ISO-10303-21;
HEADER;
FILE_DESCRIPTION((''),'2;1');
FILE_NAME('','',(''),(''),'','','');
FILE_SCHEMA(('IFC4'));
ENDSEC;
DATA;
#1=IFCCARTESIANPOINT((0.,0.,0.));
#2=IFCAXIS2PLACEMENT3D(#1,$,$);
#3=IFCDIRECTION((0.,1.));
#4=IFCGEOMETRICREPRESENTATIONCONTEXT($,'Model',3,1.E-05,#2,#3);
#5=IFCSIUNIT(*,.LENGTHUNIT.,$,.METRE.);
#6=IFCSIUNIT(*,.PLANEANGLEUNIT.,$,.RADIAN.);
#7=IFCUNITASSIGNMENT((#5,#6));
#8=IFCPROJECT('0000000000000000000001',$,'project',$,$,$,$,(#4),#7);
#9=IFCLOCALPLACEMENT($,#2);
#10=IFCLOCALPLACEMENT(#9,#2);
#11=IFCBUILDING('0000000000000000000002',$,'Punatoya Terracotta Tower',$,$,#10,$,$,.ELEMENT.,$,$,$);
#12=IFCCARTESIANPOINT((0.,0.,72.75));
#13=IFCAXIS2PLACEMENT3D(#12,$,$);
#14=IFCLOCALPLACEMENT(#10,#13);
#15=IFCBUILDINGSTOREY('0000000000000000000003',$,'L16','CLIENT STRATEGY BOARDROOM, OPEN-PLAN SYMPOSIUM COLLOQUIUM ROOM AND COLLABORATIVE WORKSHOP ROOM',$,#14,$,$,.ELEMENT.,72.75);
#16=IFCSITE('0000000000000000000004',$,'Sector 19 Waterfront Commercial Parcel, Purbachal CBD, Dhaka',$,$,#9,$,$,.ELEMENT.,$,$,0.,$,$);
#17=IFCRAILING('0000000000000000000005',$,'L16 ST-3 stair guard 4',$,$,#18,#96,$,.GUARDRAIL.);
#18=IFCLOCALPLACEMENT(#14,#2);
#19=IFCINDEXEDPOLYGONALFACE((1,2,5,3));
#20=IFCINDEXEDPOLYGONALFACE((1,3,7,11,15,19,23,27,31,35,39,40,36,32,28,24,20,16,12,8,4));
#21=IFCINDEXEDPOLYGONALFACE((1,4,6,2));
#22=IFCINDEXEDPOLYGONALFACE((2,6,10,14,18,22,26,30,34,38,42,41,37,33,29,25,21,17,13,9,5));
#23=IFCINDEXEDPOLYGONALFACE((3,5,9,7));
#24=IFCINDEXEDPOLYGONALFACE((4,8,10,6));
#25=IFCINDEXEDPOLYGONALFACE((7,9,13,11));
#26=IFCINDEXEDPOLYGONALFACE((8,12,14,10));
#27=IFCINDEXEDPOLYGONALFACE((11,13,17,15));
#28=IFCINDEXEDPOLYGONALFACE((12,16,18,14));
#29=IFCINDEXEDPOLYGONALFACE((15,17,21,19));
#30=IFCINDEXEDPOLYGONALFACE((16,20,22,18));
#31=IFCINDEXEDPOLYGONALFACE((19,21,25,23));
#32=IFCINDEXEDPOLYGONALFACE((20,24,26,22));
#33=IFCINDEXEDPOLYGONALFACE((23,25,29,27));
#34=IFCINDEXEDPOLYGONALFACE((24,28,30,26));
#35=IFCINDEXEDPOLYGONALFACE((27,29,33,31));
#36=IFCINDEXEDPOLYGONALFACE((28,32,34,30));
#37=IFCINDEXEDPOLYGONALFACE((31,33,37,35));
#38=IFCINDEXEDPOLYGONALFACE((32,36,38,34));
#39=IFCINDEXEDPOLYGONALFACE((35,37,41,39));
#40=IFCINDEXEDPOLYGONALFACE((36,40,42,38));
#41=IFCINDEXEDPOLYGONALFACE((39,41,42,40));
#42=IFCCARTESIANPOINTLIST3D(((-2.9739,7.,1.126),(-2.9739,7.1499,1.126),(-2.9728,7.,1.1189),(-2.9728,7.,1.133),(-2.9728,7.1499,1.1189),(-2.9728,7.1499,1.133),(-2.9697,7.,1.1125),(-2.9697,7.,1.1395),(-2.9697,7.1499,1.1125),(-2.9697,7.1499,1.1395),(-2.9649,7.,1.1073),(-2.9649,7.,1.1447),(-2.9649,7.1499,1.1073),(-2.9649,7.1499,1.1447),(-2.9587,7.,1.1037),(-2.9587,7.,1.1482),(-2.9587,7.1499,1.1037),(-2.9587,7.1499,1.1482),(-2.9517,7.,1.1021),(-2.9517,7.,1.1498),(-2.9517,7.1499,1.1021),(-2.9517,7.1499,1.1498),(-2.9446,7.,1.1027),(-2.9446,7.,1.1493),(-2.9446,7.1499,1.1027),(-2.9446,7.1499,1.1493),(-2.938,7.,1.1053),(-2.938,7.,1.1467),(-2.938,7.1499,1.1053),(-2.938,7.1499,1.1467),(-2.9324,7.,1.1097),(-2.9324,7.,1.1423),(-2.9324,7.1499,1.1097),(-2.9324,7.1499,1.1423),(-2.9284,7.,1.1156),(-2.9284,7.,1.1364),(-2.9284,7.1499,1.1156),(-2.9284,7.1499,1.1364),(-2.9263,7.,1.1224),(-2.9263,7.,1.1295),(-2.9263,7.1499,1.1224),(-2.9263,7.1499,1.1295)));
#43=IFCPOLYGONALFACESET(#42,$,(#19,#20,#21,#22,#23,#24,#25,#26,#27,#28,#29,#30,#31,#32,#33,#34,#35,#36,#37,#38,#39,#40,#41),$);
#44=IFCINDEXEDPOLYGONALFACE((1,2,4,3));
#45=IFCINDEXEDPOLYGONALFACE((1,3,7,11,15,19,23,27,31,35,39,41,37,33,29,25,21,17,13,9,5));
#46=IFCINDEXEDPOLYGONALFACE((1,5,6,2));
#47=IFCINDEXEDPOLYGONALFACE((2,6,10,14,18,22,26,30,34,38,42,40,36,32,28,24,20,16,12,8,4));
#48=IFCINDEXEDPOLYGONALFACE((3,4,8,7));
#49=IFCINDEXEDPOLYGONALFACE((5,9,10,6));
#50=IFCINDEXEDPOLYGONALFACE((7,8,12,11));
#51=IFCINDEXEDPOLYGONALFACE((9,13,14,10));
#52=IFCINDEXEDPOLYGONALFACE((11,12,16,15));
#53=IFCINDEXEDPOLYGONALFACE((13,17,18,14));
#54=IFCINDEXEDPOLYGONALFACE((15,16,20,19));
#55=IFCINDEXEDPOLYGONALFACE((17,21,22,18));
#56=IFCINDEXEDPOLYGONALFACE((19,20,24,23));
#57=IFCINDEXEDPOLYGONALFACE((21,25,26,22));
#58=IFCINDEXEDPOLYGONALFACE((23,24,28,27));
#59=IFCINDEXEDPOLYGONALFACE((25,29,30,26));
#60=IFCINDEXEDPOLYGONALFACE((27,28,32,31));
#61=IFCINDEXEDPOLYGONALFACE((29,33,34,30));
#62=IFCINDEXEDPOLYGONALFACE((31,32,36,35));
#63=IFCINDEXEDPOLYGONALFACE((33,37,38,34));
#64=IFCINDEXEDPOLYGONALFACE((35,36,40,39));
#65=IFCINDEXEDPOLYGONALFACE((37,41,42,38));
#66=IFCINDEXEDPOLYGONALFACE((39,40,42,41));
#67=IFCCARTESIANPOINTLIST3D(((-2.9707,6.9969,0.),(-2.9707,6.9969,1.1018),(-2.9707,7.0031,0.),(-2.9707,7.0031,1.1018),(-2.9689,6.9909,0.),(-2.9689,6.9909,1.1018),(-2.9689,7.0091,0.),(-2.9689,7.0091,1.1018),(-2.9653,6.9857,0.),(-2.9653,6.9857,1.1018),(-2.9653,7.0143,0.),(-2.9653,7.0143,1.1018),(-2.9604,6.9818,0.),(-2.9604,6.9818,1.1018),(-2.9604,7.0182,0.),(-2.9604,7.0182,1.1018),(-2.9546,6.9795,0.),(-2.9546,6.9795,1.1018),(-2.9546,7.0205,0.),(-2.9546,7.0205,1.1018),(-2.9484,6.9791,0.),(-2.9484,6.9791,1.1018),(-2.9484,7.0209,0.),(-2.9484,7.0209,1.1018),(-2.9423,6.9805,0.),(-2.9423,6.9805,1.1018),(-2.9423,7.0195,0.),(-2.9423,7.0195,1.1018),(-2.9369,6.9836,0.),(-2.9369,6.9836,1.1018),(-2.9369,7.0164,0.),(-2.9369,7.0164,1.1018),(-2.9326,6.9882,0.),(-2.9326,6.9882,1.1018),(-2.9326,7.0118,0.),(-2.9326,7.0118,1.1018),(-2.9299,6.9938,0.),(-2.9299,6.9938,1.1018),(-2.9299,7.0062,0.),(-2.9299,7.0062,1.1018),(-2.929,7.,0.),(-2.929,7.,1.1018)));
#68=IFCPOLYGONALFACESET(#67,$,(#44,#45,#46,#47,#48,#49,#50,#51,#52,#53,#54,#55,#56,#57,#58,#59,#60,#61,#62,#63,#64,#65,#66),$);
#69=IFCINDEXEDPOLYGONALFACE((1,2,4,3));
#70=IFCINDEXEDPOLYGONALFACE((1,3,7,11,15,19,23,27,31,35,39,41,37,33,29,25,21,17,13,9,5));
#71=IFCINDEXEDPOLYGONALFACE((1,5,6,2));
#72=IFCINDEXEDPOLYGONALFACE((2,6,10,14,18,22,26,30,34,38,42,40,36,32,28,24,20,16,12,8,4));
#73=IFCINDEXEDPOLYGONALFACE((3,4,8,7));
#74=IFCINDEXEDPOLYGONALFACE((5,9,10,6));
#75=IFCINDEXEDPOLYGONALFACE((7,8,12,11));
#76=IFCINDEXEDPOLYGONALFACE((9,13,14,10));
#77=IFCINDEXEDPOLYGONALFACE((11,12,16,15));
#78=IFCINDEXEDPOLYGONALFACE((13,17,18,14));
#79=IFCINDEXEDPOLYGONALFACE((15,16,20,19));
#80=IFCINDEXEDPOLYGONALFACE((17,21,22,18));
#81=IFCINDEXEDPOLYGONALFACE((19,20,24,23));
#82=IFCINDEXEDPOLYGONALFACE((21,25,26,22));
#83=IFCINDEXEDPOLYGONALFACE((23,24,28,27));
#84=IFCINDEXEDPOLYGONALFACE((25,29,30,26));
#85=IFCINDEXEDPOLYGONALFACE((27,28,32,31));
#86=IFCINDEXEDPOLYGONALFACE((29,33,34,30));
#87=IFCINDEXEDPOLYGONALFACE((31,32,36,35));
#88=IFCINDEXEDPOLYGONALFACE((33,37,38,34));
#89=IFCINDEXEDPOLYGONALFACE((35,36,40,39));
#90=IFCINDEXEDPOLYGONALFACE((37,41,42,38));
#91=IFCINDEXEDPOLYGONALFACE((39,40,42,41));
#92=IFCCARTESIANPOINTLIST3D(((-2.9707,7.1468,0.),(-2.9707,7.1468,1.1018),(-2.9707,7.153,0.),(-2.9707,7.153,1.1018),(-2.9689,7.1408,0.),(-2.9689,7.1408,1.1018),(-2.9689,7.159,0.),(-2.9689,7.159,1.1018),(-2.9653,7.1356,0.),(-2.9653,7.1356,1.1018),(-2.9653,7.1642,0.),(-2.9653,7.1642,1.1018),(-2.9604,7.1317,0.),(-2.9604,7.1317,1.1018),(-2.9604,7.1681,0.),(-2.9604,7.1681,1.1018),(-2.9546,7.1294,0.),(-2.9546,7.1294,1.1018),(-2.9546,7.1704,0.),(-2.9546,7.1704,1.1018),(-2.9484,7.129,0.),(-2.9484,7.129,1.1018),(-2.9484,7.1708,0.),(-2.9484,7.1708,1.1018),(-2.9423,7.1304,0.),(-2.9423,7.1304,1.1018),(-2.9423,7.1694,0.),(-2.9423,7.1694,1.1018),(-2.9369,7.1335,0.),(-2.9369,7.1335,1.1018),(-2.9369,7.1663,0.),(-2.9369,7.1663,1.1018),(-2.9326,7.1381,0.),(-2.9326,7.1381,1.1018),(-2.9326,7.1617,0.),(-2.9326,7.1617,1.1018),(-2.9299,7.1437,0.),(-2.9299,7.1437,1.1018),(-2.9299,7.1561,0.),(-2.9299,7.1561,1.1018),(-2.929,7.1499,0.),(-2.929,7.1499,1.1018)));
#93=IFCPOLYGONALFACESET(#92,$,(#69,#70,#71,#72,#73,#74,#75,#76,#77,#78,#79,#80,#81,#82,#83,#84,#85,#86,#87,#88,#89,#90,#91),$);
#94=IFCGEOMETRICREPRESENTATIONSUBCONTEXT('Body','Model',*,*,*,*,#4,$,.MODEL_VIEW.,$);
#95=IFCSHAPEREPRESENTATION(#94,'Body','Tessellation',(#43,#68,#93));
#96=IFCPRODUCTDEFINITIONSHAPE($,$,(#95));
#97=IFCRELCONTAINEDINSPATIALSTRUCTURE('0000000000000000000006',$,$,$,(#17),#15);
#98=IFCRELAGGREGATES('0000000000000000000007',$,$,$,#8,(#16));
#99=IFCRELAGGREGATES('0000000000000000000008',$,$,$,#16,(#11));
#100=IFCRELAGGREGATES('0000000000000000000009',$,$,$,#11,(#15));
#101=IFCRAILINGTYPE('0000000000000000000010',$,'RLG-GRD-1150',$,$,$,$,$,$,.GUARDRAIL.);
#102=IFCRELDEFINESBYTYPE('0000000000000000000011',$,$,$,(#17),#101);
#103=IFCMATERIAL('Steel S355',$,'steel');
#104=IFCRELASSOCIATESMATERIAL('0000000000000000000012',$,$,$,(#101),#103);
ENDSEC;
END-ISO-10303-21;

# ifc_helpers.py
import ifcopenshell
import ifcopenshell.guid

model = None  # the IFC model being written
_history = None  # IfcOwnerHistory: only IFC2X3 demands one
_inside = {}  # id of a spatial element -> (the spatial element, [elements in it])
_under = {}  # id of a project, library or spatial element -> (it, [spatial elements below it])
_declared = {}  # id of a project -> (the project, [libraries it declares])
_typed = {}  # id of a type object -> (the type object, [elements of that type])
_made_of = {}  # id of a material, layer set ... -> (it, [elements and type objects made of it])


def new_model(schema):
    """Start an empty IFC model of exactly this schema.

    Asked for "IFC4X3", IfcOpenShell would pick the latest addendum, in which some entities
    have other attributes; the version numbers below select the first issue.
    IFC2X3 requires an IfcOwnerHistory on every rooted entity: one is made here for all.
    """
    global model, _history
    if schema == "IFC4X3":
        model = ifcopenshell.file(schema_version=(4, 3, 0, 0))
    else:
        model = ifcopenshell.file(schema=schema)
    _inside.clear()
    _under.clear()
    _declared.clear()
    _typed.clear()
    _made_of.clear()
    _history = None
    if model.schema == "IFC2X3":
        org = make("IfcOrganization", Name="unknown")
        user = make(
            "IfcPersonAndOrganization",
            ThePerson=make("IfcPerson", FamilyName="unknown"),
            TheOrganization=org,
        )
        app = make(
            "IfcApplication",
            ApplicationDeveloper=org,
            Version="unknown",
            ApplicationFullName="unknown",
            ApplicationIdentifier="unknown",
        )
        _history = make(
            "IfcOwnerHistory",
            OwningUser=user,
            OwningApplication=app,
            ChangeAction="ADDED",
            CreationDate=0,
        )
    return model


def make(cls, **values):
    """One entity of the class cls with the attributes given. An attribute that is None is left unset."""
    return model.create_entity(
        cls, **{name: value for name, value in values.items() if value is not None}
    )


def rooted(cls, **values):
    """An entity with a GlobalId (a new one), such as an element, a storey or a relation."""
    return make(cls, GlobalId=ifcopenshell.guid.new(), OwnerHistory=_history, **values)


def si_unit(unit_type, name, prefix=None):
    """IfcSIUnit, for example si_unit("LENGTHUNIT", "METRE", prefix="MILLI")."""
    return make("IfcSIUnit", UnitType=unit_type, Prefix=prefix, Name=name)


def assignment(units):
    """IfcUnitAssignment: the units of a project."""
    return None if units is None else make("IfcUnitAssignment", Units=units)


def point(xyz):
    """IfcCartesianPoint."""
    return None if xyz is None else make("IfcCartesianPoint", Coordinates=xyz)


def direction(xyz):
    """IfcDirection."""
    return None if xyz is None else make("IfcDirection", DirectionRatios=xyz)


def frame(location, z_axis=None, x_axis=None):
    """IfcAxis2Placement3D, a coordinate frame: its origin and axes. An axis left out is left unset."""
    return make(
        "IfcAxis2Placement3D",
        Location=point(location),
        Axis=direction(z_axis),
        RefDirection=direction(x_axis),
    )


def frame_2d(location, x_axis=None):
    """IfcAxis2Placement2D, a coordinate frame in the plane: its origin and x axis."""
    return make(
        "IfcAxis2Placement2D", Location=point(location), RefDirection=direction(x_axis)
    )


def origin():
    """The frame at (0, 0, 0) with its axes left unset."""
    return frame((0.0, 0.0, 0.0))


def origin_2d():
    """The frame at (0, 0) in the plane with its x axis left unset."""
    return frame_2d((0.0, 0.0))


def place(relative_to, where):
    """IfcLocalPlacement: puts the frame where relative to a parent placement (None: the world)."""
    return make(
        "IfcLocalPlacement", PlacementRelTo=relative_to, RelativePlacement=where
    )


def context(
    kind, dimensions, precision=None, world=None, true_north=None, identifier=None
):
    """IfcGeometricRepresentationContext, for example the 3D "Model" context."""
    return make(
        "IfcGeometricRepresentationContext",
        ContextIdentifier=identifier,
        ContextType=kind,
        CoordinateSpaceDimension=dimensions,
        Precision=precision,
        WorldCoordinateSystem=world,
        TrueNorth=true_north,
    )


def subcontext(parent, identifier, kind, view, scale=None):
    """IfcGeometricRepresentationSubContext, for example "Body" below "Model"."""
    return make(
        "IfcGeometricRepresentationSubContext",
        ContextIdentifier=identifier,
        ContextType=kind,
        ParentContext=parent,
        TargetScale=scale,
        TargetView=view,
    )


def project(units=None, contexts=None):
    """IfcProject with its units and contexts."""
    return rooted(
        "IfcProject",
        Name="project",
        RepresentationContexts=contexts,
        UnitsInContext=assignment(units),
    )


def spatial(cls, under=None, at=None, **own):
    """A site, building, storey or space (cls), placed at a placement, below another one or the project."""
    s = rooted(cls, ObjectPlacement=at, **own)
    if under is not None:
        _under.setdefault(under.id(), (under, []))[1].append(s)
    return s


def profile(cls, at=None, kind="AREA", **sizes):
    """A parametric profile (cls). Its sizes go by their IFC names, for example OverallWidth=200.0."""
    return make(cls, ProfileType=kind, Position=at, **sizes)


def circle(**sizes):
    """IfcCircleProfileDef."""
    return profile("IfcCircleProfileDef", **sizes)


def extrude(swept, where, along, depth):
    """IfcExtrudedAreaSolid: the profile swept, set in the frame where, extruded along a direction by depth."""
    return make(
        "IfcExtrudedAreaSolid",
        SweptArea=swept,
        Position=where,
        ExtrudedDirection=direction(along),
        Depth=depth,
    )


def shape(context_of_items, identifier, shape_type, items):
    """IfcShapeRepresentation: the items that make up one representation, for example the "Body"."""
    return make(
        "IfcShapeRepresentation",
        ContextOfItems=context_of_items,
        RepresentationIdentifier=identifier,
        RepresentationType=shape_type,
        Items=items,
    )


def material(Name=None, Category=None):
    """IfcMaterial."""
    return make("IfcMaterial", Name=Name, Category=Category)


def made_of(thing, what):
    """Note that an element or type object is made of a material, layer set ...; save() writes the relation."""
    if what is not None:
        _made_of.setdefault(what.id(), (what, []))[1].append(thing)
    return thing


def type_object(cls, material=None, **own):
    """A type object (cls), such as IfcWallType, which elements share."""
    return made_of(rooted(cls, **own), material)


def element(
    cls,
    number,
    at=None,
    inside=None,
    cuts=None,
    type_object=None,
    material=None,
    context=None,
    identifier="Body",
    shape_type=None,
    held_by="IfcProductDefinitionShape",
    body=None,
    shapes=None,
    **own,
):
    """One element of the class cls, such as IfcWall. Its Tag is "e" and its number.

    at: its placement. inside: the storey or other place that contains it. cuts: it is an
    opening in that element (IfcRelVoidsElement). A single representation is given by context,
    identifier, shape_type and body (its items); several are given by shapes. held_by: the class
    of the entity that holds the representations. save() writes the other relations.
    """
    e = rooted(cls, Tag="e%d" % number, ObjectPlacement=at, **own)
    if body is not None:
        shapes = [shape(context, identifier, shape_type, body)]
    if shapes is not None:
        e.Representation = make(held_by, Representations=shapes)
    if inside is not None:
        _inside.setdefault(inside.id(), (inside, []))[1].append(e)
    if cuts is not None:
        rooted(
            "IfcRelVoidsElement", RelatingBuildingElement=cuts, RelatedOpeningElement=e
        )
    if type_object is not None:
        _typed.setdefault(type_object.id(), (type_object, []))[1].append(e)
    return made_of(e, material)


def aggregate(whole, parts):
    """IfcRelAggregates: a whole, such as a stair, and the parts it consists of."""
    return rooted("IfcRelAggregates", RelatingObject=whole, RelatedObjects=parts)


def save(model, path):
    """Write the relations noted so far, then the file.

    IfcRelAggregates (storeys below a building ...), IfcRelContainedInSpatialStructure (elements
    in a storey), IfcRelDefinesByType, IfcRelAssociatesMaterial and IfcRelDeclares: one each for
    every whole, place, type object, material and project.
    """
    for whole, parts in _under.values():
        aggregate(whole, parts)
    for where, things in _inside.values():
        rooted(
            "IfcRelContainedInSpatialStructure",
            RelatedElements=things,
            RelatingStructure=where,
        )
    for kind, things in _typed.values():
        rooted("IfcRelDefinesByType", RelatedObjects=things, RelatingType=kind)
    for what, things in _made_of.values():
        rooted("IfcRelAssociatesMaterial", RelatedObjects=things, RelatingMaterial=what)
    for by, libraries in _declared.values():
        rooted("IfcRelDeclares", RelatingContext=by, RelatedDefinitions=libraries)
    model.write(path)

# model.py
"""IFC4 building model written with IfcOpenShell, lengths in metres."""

from ifc_helpers import new_model, si_unit, direction, frame, origin, origin_2d, place, context, subcontext, project, spatial, circle, extrude, material, type_object, element, save


model = new_model("IFC4")

# Units and contexts
model_context = context("Model", 3, precision=1e-05, world=origin(), true_north=direction((0.0, 1.0)))
body_context = subcontext(model_context, "Body", "Model", "MODEL_VIEW")
ifc_project = project(units=[si_unit("LENGTHUNIT", "METRE"), si_unit("PLANEANGLEUNIT", "RADIAN")], contexts=[model_context])

# Site, building, storey
site_placement = place(None, origin())
site = spatial("IfcSite", under=ifc_project, at=site_placement, Name="Sector 19 Waterfront Commercial Parcel, Purbachal CBD, Dhaka", CompositionType="ELEMENT", RefElevation=0.0)
building_placement = place(site_placement, origin())
building = spatial("IfcBuilding", under=site, at=building_placement, Name="Punatoya Terracotta Tower", CompositionType="ELEMENT")
storey_placement = place(building_placement, frame((0.0, 0.0, 72.75)))
storey = spatial("IfcBuildingStorey", under=building, at=storey_placement, Name="L16", Description="CLIENT STRATEGY BOARDROOM, OPEN-PLAN SYMPOSIUM COLLOQUIUM ROOM AND COLLABORATIVE WORKSHOP ROOM", CompositionType="ELEMENT", Elevation=72.75)

# Shared definitions
ifc_material_1 = material(Name="Steel S355", Category="steel")

# Railing
railing_type_1 = type_object("IfcRailingType", Name="RLG-GRD-1150", PredefinedType="GUARDRAIL", material=ifc_material_1)
railing_1_placement = place(storey_placement, frame((-2.95, 7.0, 0.0)))
element("IfcRailing", 1, at=railing_1_placement, inside=storey, type_object=railing_type_1, Name="L16 ST-3 stair guard 4", PredefinedType="GUARDRAIL", context=body_context, shape_type="SweptSolid", body=[
    extrude(circle(Radius=0.0239, at=origin_2d()), frame((0.0, 0.0, 1.126), z_axis=(0.0, 1.0, 0.0), x_axis=(-1.0, 0.0, 0.0)), (0.0, 0.0, 1.0), 0.1499),
    extrude(circle(Radius=0.021, at=origin_2d()), origin(), (0.0, 0.0, 1.0), 1.1018),
    extrude(circle(Radius=0.021, at=origin_2d()), frame((0.0, 0.1499, 0.0)), (0.0, 0.0, 1.0), 1.1018),
])

save(model, "model.ifc")
